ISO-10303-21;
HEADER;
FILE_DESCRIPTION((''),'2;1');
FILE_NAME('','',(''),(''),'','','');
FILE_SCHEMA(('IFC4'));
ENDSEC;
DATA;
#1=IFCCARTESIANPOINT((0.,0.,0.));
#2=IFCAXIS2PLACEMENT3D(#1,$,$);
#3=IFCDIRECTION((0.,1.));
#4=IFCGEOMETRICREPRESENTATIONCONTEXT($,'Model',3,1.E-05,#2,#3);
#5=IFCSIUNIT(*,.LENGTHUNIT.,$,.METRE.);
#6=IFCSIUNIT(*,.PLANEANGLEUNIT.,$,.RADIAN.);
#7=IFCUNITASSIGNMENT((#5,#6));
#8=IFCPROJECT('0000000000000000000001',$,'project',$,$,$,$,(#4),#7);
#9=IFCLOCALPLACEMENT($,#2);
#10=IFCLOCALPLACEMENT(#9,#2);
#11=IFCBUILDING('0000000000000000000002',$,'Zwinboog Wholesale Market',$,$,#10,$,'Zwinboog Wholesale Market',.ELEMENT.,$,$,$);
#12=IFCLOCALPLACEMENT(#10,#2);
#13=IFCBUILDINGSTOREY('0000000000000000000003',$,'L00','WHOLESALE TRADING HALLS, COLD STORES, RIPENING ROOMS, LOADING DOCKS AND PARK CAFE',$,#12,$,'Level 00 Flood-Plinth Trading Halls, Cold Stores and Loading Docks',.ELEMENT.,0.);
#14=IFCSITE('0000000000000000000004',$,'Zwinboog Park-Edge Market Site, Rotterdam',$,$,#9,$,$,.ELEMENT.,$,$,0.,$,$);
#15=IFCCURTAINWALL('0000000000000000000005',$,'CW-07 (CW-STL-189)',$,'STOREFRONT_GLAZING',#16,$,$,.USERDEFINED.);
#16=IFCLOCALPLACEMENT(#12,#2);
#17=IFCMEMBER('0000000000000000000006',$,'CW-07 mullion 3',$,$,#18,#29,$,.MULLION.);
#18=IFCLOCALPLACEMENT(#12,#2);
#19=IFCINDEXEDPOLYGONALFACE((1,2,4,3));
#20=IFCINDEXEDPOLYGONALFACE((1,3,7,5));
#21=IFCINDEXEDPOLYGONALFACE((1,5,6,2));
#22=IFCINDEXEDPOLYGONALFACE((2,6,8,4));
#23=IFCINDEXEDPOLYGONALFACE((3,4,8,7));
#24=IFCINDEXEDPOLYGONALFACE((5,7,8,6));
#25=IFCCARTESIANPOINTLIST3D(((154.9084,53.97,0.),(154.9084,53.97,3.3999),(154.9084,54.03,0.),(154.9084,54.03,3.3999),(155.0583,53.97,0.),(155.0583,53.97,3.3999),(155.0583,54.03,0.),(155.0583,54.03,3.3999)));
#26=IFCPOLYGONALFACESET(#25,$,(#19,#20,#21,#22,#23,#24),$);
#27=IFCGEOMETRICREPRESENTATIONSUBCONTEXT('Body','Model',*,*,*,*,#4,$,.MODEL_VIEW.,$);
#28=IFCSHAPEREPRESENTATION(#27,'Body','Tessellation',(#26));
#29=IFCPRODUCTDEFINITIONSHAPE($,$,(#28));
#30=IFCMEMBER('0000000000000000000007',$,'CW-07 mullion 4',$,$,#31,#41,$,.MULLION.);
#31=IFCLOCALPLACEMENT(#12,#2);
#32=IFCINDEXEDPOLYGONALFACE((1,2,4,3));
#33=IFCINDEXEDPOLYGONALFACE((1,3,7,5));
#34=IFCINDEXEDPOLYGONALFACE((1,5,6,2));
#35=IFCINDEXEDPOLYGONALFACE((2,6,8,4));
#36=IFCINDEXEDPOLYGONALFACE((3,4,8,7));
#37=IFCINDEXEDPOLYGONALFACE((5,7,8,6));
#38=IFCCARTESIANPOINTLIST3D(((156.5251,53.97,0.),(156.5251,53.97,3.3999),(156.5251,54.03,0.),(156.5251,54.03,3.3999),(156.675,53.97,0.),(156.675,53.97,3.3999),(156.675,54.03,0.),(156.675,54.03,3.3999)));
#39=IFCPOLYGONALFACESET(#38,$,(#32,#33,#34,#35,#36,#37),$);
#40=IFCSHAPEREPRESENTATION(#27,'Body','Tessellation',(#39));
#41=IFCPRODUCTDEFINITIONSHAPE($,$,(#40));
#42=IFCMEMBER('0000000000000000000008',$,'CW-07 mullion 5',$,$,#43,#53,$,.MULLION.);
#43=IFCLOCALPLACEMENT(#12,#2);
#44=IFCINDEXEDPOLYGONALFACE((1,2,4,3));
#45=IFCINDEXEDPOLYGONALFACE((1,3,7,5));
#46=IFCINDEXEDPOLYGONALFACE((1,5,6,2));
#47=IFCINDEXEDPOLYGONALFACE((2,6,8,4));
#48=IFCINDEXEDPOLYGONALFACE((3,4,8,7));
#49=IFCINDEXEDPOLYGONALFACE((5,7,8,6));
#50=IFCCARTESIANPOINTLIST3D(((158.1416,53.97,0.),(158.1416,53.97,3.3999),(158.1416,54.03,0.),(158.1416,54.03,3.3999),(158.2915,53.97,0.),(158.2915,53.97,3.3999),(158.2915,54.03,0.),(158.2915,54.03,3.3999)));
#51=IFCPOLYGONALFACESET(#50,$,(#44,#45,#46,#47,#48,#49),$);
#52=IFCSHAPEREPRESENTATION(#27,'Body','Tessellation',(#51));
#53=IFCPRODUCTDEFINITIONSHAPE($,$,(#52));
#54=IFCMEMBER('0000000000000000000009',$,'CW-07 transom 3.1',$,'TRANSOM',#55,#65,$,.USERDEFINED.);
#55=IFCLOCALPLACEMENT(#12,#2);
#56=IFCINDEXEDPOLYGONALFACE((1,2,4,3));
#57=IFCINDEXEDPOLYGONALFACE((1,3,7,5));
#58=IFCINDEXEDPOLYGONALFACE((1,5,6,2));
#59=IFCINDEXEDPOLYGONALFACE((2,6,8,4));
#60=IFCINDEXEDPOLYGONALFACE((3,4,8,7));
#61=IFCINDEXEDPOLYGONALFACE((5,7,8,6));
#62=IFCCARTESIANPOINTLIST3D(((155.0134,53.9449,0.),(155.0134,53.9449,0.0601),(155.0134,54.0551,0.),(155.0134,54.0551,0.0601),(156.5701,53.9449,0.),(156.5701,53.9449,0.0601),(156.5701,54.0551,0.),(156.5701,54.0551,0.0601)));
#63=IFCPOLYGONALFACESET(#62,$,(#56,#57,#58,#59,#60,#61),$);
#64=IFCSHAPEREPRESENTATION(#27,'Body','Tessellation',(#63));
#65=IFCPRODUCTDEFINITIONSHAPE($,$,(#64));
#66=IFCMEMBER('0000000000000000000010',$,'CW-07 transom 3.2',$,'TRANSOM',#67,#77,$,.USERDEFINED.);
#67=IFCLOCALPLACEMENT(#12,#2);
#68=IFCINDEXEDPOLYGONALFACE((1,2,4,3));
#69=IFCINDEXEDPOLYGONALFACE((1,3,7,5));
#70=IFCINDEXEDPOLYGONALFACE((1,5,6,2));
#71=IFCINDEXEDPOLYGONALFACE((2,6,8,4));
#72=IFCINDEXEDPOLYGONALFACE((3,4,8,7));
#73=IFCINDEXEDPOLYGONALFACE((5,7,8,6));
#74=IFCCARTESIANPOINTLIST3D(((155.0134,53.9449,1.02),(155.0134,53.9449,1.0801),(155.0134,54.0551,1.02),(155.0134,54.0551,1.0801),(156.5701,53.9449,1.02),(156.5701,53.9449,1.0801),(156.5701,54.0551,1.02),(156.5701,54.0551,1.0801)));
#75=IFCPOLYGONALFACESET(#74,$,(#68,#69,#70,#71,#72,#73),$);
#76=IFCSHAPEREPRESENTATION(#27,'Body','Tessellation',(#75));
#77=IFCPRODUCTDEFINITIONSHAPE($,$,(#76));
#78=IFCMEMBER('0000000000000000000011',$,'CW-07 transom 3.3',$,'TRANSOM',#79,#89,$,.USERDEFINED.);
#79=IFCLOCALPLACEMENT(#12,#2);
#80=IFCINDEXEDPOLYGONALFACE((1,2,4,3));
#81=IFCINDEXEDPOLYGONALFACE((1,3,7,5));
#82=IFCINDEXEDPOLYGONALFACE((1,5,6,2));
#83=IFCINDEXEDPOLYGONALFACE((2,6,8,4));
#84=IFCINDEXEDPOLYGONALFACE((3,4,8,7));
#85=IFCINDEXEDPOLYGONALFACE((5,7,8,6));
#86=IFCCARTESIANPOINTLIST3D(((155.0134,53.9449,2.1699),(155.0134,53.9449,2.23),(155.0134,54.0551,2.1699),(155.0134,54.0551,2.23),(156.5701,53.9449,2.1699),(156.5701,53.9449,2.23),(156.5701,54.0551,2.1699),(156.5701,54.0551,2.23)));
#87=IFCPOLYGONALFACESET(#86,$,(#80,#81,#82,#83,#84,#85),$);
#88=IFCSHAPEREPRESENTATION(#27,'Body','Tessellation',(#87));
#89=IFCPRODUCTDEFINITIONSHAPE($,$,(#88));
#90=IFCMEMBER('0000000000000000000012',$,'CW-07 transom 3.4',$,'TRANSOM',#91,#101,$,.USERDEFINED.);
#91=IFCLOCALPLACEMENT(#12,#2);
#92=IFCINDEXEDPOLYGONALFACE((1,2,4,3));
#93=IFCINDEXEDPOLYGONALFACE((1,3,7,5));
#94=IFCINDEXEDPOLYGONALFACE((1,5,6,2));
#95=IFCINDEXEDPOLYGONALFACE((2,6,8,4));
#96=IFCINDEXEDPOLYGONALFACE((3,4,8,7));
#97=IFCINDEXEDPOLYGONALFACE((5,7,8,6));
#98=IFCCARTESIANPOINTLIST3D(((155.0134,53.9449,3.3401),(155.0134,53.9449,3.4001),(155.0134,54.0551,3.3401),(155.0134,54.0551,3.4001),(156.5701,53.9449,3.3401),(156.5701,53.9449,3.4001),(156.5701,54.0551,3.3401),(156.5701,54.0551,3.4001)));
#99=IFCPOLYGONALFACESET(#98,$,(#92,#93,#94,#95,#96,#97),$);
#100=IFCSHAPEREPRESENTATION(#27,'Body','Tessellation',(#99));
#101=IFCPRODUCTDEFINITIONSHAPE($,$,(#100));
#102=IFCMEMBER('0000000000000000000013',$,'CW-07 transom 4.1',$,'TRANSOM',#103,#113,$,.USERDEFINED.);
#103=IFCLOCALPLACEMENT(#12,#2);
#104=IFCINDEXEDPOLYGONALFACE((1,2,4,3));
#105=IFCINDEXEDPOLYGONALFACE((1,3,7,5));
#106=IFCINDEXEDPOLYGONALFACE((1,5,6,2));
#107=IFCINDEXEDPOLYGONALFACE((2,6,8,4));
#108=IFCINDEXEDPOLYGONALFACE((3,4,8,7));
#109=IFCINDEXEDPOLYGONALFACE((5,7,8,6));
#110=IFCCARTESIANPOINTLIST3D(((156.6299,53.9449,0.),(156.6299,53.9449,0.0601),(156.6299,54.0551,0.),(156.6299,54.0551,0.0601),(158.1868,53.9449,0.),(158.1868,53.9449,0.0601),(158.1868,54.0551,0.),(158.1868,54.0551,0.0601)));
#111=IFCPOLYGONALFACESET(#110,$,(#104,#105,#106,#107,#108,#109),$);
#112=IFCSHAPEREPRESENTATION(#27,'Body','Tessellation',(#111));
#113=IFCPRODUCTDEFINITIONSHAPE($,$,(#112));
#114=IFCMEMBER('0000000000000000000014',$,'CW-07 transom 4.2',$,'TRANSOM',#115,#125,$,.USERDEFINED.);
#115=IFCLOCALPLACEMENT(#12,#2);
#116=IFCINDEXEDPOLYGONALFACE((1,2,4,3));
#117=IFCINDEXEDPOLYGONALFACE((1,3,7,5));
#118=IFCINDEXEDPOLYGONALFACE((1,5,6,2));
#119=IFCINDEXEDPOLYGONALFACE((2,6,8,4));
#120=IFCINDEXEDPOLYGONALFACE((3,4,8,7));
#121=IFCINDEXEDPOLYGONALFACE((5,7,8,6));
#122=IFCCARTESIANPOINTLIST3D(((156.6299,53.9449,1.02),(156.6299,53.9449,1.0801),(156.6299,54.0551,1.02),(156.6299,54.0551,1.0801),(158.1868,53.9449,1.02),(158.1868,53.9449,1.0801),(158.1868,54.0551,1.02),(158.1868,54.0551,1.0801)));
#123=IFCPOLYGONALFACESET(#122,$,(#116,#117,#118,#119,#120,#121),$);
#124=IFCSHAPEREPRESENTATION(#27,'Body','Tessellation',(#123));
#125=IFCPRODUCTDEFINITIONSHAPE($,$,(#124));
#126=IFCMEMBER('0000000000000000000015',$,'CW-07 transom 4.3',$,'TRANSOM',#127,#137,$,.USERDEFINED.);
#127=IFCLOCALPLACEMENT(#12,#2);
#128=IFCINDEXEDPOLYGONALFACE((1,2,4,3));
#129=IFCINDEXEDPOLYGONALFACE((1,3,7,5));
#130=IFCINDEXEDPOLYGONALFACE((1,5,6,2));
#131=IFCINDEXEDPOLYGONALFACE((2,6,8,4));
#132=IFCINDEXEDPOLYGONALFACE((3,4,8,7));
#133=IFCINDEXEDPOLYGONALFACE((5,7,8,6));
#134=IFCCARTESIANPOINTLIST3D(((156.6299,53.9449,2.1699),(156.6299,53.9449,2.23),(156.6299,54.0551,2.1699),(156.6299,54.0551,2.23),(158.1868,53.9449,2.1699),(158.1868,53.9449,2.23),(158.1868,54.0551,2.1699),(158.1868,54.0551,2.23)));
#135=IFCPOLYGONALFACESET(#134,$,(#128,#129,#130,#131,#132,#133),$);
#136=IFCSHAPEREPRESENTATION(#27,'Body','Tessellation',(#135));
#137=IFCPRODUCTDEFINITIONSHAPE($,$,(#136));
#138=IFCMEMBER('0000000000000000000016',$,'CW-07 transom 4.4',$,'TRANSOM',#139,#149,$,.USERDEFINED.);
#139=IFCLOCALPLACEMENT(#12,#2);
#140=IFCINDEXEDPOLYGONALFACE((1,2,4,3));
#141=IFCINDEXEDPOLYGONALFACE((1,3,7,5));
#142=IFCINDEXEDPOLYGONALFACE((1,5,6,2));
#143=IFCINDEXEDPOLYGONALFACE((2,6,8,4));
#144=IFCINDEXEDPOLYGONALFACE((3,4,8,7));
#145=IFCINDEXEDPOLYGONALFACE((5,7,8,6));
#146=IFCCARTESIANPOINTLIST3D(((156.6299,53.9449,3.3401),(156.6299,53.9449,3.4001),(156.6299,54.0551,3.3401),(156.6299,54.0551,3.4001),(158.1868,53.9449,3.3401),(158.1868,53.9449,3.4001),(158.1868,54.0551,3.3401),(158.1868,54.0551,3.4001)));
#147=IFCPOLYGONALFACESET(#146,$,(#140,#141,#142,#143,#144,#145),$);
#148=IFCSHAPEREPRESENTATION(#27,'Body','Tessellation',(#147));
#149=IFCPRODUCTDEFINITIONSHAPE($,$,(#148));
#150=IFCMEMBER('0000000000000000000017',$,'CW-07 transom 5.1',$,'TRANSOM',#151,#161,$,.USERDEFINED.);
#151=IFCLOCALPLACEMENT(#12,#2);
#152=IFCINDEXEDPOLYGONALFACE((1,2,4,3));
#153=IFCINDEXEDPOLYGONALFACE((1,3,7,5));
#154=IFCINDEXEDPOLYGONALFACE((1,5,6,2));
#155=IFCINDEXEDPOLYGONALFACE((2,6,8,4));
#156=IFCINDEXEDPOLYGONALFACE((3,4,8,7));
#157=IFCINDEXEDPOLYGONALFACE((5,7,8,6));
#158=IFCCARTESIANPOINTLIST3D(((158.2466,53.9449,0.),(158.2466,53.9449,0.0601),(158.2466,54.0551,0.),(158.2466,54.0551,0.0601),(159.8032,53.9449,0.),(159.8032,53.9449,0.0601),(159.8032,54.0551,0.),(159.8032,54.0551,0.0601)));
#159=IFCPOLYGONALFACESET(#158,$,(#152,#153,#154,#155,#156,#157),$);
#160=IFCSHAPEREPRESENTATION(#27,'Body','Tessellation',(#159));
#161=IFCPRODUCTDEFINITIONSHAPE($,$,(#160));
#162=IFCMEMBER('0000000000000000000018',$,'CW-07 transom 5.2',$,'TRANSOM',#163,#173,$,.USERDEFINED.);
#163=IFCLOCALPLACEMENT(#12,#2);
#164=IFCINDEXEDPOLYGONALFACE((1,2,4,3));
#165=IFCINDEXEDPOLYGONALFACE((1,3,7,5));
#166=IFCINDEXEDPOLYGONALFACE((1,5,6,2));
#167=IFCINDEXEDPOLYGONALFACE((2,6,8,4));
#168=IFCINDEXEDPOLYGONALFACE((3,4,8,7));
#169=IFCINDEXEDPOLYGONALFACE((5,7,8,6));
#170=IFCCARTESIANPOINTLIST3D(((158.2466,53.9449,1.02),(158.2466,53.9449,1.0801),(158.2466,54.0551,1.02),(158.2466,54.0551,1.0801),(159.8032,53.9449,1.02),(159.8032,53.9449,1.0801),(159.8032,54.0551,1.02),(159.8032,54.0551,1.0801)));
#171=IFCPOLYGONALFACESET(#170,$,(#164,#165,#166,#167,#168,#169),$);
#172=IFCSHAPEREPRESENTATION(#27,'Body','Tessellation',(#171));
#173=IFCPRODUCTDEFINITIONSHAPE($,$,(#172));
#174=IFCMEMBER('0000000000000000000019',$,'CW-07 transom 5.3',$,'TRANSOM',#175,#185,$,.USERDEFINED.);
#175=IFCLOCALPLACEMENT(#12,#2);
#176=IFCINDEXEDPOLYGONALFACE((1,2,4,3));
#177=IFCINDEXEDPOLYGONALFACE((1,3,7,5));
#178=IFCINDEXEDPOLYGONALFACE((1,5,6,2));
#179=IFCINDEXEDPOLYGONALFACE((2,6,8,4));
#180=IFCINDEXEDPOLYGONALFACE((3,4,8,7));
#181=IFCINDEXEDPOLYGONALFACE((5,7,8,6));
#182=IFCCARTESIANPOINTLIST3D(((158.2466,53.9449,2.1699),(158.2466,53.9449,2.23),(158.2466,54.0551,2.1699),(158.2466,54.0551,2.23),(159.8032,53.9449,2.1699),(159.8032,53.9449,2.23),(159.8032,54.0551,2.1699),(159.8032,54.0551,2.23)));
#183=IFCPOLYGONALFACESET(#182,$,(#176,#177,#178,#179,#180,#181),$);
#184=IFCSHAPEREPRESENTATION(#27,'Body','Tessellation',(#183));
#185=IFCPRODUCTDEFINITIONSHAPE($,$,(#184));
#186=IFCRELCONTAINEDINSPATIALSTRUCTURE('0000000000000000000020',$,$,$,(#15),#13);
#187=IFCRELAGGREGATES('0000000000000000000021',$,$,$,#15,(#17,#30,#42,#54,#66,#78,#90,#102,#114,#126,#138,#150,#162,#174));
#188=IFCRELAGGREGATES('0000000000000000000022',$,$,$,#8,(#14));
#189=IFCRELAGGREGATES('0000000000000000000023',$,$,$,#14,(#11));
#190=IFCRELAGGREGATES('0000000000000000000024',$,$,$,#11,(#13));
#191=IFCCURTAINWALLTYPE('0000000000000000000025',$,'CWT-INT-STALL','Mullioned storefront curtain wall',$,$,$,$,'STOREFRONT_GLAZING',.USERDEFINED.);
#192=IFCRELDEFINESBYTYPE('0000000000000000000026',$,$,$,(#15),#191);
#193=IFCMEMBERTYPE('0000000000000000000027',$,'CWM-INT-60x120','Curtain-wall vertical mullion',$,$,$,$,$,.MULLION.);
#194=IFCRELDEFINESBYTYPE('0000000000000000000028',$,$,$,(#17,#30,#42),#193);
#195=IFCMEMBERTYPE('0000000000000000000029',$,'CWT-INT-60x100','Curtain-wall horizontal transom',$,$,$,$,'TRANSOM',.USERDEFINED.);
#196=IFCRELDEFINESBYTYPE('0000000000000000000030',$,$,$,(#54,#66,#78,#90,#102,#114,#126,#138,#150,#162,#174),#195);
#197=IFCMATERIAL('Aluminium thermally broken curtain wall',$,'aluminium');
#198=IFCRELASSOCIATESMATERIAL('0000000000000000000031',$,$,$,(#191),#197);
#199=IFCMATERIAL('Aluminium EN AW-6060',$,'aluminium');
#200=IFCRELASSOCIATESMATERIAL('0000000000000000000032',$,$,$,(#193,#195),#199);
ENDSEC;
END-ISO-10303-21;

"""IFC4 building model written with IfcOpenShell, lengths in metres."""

from ifc_helpers import new_model, si_unit, direction, frame, origin, origin_2d, place, context, subcontext, project, spatial, rectangle, extrude, material, material_profile, profile_set, type_object, element, aggregate, save


model = new_model("IFC4")

# Units and contexts
model_context = context("Model", 3, precision=1e-05, world=origin(), true_north=direction((0.0, 1.0)))
body_context = subcontext(model_context, "Body", "Model", "MODEL_VIEW")
ifc_project = project(units=[si_unit("LENGTHUNIT", "METRE"), si_unit("PLANEANGLEUNIT", "RADIAN")], contexts=[model_context])

# Site, building, storey
site_placement = place(None, origin())
site = spatial("IfcSite", under=ifc_project, at=site_placement, Name="Zwinboog Park-Edge Market Site, Rotterdam", CompositionType="ELEMENT", RefElevation=0.0)
building_placement = place(site_placement, origin())
building = spatial("IfcBuilding", under=site, at=building_placement, Name="Zwinboog Wholesale Market", LongName="Zwinboog Wholesale Market", CompositionType="ELEMENT")
storey_placement = place(building_placement, origin())
storey = spatial("IfcBuildingStorey", under=building, at=storey_placement, Name="L00", Description="WHOLESALE TRADING HALLS, COLD STORES, RIPENING ROOMS, LOADING DOCKS AND PARK CAFE", LongName="Level 00 Flood-Plinth Trading Halls, Cold Stores and Loading Docks", CompositionType="ELEMENT", Elevation=0.0)

# Curtain wall, members
ifc_material_1 = material(Name="Aluminium thermally broken curtain wall", Category="aluminium")
curtain_wall_type = type_object("IfcCurtainWallType", Name="CWT-INT-STALL", Description="Mullioned storefront curtain wall", ElementType="STOREFRONT_GLAZING", PredefinedType="USERDEFINED", material=ifc_material_1)
curtain_wall_placement = place(storey_placement, origin())
curtain_wall = element("IfcCurtainWall", 1, at=curtain_wall_placement, inside=storey, type_object=curtain_wall_type, Name="CW-07 (CW-STL-189)", ObjectType="STOREFRONT_GLAZING", PredefinedType="USERDEFINED")
ifc_material_2 = material(Name="Aluminium EN AW-6060", Category="aluminium")
ifc_material_profile_1 = material_profile(ifc_material_2, rectangle(XDim=0.0601, YDim=0.1499, at=origin_2d()), Name="AL 60x150")
ifc_profile_set_1 = profile_set([ifc_material_profile_1], Name="Aluminium EN AW-6060")
member_type_1 = type_object("IfcMemberType", Name="CWM-INT-60x120", Description="Curtain-wall vertical mullion", PredefinedType="MULLION", material=ifc_profile_set_1)
member_1_placement = place(storey_placement, frame((154.9834, 54.0, 0.0), z_axis=(0.0, 0.0, 1.0), x_axis=(0.0, 1.0, 0.0)))
member_1 = element("IfcMember", 2, at=member_1_placement, type_object=member_type_1, Name="CW-07 mullion 3", PredefinedType="MULLION", context=body_context, shape_type="SweptSolid", body=[
    extrude(rectangle(XDim=0.0601, YDim=0.1499, at=origin_2d()), origin(), (0.0, 0.0, 1.0), 3.3999),
])
member_2_placement = place(storey_placement, frame((156.6001, 54.0, 0.0), z_axis=(0.0, 0.0, 1.0), x_axis=(0.0, 1.0, 0.0)))
member_2 = element("IfcMember", 3, at=member_2_placement, type_object=member_type_1, Name="CW-07 mullion 4", PredefinedType="MULLION", context=body_context, shape_type="SweptSolid", body=[
    extrude(rectangle(XDim=0.0601, YDim=0.1499, at=origin_2d()), origin(), (0.0, 0.0, 1.0), 3.3999),
])
member_3_placement = place(storey_placement, frame((158.2166, 54.0, 0.0), z_axis=(0.0, 0.0, 1.0), x_axis=(0.0, 1.0, 0.0)))
member_3 = element("IfcMember", 4, at=member_3_placement, type_object=member_type_1, Name="CW-07 mullion 5", PredefinedType="MULLION", context=body_context, shape_type="SweptSolid", body=[
    extrude(rectangle(XDim=0.0601, YDim=0.1499, at=origin_2d()), origin(), (0.0, 0.0, 1.0), 3.3999),
])
ifc_material_profile_2 = material_profile(ifc_material_2, rectangle(XDim=0.1101, YDim=0.0601, at=origin_2d()), Name="AL 60x110")
ifc_profile_set_2 = profile_set([ifc_material_profile_2], Name="Aluminium EN AW-6060")
member_type_2 = type_object("IfcMemberType", Name="CWT-INT-60x100", Description="Curtain-wall horizontal transom", ElementType="TRANSOM", PredefinedType="USERDEFINED", material=ifc_profile_set_2)
member_4_placement = place(storey_placement, frame((155.0134, 54.0, 0.03), z_axis=(1.0, 0.0, 0.0), x_axis=(0.0, 1.0, 0.0)))
member_4 = element("IfcMember", 5, at=member_4_placement, type_object=member_type_2, Name="CW-07 transom 3.1", ObjectType="TRANSOM", PredefinedType="USERDEFINED", context=body_context, shape_type="SweptSolid", body=[
    extrude(rectangle(XDim=0.1101, YDim=0.0601, at=origin_2d()), origin(), (0.0, 0.0, 1.0), 1.5566),
])
member_5_placement = place(storey_placement, frame((155.0134, 54.0, 1.05), z_axis=(1.0, 0.0, 0.0), x_axis=(0.0, 1.0, 0.0)))
member_5 = element("IfcMember", 6, at=member_5_placement, type_object=member_type_2, Name="CW-07 transom 3.2", ObjectType="TRANSOM", PredefinedType="USERDEFINED", context=body_context, shape_type="SweptSolid", body=[
    extrude(rectangle(XDim=0.1101, YDim=0.0601, at=origin_2d()), origin(), (0.0, 0.0, 1.0), 1.5566),
])
member_6_placement = place(storey_placement, frame((155.0134, 54.0, 2.2), z_axis=(1.0, 0.0, 0.0), x_axis=(0.0, 1.0, 0.0)))
member_6 = element("IfcMember", 7, at=member_6_placement, type_object=member_type_2, Name="CW-07 transom 3.3", ObjectType="TRANSOM", PredefinedType="USERDEFINED", context=body_context, shape_type="SweptSolid", body=[
    extrude(rectangle(XDim=0.1101, YDim=0.0601, at=origin_2d()), origin(), (0.0, 0.0, 1.0), 1.5566),
])
member_7_placement = place(storey_placement, frame((155.0134, 54.0, 3.3701), z_axis=(1.0, 0.0, 0.0), x_axis=(0.0, 1.0, 0.0)))
member_7 = element("IfcMember", 8, at=member_7_placement, type_object=member_type_2, Name="CW-07 transom 3.4", ObjectType="TRANSOM", PredefinedType="USERDEFINED", context=body_context, shape_type="SweptSolid", body=[
    extrude(rectangle(XDim=0.1101, YDim=0.0601, at=origin_2d()), origin(), (0.0, 0.0, 1.0), 1.5566),
])
member_8_placement = place(storey_placement, frame((156.6299, 54.0, 0.03), z_axis=(1.0, 0.0, 0.0), x_axis=(0.0, 1.0, 0.0)))
member_8 = element("IfcMember", 9, at=member_8_placement, type_object=member_type_2, Name="CW-07 transom 4.1", ObjectType="TRANSOM", PredefinedType="USERDEFINED", context=body_context, shape_type="SweptSolid", body=[
    extrude(rectangle(XDim=0.1101, YDim=0.0601, at=origin_2d()), origin(), (0.0, 0.0, 1.0), 1.5569),
])
member_9_placement = place(storey_placement, frame((156.6299, 54.0, 1.05), z_axis=(1.0, 0.0, 0.0), x_axis=(0.0, 1.0, 0.0)))
member_9 = element("IfcMember", 10, at=member_9_placement, type_object=member_type_2, Name="CW-07 transom 4.2", ObjectType="TRANSOM", PredefinedType="USERDEFINED", context=body_context, shape_type="SweptSolid", body=[
    extrude(rectangle(XDim=0.1101, YDim=0.0601, at=origin_2d()), origin(), (0.0, 0.0, 1.0), 1.5569),
])
member_10_placement = place(storey_placement, frame((156.6299, 54.0, 2.2), z_axis=(1.0, 0.0, 0.0), x_axis=(0.0, 1.0, 0.0)))
member_10 = element("IfcMember", 11, at=member_10_placement, type_object=member_type_2, Name="CW-07 transom 4.3", ObjectType="TRANSOM", PredefinedType="USERDEFINED", context=body_context, shape_type="SweptSolid", body=[
    extrude(rectangle(XDim=0.1101, YDim=0.0601, at=origin_2d()), origin(), (0.0, 0.0, 1.0), 1.5569),
])
member_11_placement = place(storey_placement, frame((156.6299, 54.0, 3.3701), z_axis=(1.0, 0.0, 0.0), x_axis=(0.0, 1.0, 0.0)))
member_11 = element("IfcMember", 12, at=member_11_placement, type_object=member_type_2, Name="CW-07 transom 4.4", ObjectType="TRANSOM", PredefinedType="USERDEFINED", context=body_context, shape_type="SweptSolid", body=[
    extrude(rectangle(XDim=0.1101, YDim=0.0601, at=origin_2d()), origin(), (0.0, 0.0, 1.0), 1.5569),
])
member_12_placement = place(storey_placement, frame((158.2466, 54.0, 0.03), z_axis=(1.0, 0.0, 0.0), x_axis=(0.0, 1.0, 0.0)))
member_12 = element("IfcMember", 13, at=member_12_placement, type_object=member_type_2, Name="CW-07 transom 5.1", ObjectType="TRANSOM", PredefinedType="USERDEFINED", context=body_context, shape_type="SweptSolid", body=[
    extrude(rectangle(XDim=0.1101, YDim=0.0601, at=origin_2d()), origin(), (0.0, 0.0, 1.0), 1.5566),
])
member_13_placement = place(storey_placement, frame((158.2466, 54.0, 1.05), z_axis=(1.0, 0.0, 0.0), x_axis=(0.0, 1.0, 0.0)))
member_13 = element("IfcMember", 14, at=member_13_placement, type_object=member_type_2, Name="CW-07 transom 5.2", ObjectType="TRANSOM", PredefinedType="USERDEFINED", context=body_context, shape_type="SweptSolid", body=[
    extrude(rectangle(XDim=0.1101, YDim=0.0601, at=origin_2d()), origin(), (0.0, 0.0, 1.0), 1.5566),
])
member_14_placement = place(storey_placement, frame((158.2466, 54.0, 2.2), z_axis=(1.0, 0.0, 0.0), x_axis=(0.0, 1.0, 0.0)))
member_14 = element("IfcMember", 15, at=member_14_placement, type_object=member_type_2, Name="CW-07 transom 5.3", ObjectType="TRANSOM", PredefinedType="USERDEFINED", context=body_context, shape_type="SweptSolid", body=[
    extrude(rectangle(XDim=0.1101, YDim=0.0601, at=origin_2d()), origin(), (0.0, 0.0, 1.0), 1.5566),
])
aggregate(curtain_wall, [member_1, member_2, member_3, member_4, member_5, member_6, member_7, member_8, member_9, member_10, member_11, member_12, member_13, member_14])

save(model, "model.ifc")
